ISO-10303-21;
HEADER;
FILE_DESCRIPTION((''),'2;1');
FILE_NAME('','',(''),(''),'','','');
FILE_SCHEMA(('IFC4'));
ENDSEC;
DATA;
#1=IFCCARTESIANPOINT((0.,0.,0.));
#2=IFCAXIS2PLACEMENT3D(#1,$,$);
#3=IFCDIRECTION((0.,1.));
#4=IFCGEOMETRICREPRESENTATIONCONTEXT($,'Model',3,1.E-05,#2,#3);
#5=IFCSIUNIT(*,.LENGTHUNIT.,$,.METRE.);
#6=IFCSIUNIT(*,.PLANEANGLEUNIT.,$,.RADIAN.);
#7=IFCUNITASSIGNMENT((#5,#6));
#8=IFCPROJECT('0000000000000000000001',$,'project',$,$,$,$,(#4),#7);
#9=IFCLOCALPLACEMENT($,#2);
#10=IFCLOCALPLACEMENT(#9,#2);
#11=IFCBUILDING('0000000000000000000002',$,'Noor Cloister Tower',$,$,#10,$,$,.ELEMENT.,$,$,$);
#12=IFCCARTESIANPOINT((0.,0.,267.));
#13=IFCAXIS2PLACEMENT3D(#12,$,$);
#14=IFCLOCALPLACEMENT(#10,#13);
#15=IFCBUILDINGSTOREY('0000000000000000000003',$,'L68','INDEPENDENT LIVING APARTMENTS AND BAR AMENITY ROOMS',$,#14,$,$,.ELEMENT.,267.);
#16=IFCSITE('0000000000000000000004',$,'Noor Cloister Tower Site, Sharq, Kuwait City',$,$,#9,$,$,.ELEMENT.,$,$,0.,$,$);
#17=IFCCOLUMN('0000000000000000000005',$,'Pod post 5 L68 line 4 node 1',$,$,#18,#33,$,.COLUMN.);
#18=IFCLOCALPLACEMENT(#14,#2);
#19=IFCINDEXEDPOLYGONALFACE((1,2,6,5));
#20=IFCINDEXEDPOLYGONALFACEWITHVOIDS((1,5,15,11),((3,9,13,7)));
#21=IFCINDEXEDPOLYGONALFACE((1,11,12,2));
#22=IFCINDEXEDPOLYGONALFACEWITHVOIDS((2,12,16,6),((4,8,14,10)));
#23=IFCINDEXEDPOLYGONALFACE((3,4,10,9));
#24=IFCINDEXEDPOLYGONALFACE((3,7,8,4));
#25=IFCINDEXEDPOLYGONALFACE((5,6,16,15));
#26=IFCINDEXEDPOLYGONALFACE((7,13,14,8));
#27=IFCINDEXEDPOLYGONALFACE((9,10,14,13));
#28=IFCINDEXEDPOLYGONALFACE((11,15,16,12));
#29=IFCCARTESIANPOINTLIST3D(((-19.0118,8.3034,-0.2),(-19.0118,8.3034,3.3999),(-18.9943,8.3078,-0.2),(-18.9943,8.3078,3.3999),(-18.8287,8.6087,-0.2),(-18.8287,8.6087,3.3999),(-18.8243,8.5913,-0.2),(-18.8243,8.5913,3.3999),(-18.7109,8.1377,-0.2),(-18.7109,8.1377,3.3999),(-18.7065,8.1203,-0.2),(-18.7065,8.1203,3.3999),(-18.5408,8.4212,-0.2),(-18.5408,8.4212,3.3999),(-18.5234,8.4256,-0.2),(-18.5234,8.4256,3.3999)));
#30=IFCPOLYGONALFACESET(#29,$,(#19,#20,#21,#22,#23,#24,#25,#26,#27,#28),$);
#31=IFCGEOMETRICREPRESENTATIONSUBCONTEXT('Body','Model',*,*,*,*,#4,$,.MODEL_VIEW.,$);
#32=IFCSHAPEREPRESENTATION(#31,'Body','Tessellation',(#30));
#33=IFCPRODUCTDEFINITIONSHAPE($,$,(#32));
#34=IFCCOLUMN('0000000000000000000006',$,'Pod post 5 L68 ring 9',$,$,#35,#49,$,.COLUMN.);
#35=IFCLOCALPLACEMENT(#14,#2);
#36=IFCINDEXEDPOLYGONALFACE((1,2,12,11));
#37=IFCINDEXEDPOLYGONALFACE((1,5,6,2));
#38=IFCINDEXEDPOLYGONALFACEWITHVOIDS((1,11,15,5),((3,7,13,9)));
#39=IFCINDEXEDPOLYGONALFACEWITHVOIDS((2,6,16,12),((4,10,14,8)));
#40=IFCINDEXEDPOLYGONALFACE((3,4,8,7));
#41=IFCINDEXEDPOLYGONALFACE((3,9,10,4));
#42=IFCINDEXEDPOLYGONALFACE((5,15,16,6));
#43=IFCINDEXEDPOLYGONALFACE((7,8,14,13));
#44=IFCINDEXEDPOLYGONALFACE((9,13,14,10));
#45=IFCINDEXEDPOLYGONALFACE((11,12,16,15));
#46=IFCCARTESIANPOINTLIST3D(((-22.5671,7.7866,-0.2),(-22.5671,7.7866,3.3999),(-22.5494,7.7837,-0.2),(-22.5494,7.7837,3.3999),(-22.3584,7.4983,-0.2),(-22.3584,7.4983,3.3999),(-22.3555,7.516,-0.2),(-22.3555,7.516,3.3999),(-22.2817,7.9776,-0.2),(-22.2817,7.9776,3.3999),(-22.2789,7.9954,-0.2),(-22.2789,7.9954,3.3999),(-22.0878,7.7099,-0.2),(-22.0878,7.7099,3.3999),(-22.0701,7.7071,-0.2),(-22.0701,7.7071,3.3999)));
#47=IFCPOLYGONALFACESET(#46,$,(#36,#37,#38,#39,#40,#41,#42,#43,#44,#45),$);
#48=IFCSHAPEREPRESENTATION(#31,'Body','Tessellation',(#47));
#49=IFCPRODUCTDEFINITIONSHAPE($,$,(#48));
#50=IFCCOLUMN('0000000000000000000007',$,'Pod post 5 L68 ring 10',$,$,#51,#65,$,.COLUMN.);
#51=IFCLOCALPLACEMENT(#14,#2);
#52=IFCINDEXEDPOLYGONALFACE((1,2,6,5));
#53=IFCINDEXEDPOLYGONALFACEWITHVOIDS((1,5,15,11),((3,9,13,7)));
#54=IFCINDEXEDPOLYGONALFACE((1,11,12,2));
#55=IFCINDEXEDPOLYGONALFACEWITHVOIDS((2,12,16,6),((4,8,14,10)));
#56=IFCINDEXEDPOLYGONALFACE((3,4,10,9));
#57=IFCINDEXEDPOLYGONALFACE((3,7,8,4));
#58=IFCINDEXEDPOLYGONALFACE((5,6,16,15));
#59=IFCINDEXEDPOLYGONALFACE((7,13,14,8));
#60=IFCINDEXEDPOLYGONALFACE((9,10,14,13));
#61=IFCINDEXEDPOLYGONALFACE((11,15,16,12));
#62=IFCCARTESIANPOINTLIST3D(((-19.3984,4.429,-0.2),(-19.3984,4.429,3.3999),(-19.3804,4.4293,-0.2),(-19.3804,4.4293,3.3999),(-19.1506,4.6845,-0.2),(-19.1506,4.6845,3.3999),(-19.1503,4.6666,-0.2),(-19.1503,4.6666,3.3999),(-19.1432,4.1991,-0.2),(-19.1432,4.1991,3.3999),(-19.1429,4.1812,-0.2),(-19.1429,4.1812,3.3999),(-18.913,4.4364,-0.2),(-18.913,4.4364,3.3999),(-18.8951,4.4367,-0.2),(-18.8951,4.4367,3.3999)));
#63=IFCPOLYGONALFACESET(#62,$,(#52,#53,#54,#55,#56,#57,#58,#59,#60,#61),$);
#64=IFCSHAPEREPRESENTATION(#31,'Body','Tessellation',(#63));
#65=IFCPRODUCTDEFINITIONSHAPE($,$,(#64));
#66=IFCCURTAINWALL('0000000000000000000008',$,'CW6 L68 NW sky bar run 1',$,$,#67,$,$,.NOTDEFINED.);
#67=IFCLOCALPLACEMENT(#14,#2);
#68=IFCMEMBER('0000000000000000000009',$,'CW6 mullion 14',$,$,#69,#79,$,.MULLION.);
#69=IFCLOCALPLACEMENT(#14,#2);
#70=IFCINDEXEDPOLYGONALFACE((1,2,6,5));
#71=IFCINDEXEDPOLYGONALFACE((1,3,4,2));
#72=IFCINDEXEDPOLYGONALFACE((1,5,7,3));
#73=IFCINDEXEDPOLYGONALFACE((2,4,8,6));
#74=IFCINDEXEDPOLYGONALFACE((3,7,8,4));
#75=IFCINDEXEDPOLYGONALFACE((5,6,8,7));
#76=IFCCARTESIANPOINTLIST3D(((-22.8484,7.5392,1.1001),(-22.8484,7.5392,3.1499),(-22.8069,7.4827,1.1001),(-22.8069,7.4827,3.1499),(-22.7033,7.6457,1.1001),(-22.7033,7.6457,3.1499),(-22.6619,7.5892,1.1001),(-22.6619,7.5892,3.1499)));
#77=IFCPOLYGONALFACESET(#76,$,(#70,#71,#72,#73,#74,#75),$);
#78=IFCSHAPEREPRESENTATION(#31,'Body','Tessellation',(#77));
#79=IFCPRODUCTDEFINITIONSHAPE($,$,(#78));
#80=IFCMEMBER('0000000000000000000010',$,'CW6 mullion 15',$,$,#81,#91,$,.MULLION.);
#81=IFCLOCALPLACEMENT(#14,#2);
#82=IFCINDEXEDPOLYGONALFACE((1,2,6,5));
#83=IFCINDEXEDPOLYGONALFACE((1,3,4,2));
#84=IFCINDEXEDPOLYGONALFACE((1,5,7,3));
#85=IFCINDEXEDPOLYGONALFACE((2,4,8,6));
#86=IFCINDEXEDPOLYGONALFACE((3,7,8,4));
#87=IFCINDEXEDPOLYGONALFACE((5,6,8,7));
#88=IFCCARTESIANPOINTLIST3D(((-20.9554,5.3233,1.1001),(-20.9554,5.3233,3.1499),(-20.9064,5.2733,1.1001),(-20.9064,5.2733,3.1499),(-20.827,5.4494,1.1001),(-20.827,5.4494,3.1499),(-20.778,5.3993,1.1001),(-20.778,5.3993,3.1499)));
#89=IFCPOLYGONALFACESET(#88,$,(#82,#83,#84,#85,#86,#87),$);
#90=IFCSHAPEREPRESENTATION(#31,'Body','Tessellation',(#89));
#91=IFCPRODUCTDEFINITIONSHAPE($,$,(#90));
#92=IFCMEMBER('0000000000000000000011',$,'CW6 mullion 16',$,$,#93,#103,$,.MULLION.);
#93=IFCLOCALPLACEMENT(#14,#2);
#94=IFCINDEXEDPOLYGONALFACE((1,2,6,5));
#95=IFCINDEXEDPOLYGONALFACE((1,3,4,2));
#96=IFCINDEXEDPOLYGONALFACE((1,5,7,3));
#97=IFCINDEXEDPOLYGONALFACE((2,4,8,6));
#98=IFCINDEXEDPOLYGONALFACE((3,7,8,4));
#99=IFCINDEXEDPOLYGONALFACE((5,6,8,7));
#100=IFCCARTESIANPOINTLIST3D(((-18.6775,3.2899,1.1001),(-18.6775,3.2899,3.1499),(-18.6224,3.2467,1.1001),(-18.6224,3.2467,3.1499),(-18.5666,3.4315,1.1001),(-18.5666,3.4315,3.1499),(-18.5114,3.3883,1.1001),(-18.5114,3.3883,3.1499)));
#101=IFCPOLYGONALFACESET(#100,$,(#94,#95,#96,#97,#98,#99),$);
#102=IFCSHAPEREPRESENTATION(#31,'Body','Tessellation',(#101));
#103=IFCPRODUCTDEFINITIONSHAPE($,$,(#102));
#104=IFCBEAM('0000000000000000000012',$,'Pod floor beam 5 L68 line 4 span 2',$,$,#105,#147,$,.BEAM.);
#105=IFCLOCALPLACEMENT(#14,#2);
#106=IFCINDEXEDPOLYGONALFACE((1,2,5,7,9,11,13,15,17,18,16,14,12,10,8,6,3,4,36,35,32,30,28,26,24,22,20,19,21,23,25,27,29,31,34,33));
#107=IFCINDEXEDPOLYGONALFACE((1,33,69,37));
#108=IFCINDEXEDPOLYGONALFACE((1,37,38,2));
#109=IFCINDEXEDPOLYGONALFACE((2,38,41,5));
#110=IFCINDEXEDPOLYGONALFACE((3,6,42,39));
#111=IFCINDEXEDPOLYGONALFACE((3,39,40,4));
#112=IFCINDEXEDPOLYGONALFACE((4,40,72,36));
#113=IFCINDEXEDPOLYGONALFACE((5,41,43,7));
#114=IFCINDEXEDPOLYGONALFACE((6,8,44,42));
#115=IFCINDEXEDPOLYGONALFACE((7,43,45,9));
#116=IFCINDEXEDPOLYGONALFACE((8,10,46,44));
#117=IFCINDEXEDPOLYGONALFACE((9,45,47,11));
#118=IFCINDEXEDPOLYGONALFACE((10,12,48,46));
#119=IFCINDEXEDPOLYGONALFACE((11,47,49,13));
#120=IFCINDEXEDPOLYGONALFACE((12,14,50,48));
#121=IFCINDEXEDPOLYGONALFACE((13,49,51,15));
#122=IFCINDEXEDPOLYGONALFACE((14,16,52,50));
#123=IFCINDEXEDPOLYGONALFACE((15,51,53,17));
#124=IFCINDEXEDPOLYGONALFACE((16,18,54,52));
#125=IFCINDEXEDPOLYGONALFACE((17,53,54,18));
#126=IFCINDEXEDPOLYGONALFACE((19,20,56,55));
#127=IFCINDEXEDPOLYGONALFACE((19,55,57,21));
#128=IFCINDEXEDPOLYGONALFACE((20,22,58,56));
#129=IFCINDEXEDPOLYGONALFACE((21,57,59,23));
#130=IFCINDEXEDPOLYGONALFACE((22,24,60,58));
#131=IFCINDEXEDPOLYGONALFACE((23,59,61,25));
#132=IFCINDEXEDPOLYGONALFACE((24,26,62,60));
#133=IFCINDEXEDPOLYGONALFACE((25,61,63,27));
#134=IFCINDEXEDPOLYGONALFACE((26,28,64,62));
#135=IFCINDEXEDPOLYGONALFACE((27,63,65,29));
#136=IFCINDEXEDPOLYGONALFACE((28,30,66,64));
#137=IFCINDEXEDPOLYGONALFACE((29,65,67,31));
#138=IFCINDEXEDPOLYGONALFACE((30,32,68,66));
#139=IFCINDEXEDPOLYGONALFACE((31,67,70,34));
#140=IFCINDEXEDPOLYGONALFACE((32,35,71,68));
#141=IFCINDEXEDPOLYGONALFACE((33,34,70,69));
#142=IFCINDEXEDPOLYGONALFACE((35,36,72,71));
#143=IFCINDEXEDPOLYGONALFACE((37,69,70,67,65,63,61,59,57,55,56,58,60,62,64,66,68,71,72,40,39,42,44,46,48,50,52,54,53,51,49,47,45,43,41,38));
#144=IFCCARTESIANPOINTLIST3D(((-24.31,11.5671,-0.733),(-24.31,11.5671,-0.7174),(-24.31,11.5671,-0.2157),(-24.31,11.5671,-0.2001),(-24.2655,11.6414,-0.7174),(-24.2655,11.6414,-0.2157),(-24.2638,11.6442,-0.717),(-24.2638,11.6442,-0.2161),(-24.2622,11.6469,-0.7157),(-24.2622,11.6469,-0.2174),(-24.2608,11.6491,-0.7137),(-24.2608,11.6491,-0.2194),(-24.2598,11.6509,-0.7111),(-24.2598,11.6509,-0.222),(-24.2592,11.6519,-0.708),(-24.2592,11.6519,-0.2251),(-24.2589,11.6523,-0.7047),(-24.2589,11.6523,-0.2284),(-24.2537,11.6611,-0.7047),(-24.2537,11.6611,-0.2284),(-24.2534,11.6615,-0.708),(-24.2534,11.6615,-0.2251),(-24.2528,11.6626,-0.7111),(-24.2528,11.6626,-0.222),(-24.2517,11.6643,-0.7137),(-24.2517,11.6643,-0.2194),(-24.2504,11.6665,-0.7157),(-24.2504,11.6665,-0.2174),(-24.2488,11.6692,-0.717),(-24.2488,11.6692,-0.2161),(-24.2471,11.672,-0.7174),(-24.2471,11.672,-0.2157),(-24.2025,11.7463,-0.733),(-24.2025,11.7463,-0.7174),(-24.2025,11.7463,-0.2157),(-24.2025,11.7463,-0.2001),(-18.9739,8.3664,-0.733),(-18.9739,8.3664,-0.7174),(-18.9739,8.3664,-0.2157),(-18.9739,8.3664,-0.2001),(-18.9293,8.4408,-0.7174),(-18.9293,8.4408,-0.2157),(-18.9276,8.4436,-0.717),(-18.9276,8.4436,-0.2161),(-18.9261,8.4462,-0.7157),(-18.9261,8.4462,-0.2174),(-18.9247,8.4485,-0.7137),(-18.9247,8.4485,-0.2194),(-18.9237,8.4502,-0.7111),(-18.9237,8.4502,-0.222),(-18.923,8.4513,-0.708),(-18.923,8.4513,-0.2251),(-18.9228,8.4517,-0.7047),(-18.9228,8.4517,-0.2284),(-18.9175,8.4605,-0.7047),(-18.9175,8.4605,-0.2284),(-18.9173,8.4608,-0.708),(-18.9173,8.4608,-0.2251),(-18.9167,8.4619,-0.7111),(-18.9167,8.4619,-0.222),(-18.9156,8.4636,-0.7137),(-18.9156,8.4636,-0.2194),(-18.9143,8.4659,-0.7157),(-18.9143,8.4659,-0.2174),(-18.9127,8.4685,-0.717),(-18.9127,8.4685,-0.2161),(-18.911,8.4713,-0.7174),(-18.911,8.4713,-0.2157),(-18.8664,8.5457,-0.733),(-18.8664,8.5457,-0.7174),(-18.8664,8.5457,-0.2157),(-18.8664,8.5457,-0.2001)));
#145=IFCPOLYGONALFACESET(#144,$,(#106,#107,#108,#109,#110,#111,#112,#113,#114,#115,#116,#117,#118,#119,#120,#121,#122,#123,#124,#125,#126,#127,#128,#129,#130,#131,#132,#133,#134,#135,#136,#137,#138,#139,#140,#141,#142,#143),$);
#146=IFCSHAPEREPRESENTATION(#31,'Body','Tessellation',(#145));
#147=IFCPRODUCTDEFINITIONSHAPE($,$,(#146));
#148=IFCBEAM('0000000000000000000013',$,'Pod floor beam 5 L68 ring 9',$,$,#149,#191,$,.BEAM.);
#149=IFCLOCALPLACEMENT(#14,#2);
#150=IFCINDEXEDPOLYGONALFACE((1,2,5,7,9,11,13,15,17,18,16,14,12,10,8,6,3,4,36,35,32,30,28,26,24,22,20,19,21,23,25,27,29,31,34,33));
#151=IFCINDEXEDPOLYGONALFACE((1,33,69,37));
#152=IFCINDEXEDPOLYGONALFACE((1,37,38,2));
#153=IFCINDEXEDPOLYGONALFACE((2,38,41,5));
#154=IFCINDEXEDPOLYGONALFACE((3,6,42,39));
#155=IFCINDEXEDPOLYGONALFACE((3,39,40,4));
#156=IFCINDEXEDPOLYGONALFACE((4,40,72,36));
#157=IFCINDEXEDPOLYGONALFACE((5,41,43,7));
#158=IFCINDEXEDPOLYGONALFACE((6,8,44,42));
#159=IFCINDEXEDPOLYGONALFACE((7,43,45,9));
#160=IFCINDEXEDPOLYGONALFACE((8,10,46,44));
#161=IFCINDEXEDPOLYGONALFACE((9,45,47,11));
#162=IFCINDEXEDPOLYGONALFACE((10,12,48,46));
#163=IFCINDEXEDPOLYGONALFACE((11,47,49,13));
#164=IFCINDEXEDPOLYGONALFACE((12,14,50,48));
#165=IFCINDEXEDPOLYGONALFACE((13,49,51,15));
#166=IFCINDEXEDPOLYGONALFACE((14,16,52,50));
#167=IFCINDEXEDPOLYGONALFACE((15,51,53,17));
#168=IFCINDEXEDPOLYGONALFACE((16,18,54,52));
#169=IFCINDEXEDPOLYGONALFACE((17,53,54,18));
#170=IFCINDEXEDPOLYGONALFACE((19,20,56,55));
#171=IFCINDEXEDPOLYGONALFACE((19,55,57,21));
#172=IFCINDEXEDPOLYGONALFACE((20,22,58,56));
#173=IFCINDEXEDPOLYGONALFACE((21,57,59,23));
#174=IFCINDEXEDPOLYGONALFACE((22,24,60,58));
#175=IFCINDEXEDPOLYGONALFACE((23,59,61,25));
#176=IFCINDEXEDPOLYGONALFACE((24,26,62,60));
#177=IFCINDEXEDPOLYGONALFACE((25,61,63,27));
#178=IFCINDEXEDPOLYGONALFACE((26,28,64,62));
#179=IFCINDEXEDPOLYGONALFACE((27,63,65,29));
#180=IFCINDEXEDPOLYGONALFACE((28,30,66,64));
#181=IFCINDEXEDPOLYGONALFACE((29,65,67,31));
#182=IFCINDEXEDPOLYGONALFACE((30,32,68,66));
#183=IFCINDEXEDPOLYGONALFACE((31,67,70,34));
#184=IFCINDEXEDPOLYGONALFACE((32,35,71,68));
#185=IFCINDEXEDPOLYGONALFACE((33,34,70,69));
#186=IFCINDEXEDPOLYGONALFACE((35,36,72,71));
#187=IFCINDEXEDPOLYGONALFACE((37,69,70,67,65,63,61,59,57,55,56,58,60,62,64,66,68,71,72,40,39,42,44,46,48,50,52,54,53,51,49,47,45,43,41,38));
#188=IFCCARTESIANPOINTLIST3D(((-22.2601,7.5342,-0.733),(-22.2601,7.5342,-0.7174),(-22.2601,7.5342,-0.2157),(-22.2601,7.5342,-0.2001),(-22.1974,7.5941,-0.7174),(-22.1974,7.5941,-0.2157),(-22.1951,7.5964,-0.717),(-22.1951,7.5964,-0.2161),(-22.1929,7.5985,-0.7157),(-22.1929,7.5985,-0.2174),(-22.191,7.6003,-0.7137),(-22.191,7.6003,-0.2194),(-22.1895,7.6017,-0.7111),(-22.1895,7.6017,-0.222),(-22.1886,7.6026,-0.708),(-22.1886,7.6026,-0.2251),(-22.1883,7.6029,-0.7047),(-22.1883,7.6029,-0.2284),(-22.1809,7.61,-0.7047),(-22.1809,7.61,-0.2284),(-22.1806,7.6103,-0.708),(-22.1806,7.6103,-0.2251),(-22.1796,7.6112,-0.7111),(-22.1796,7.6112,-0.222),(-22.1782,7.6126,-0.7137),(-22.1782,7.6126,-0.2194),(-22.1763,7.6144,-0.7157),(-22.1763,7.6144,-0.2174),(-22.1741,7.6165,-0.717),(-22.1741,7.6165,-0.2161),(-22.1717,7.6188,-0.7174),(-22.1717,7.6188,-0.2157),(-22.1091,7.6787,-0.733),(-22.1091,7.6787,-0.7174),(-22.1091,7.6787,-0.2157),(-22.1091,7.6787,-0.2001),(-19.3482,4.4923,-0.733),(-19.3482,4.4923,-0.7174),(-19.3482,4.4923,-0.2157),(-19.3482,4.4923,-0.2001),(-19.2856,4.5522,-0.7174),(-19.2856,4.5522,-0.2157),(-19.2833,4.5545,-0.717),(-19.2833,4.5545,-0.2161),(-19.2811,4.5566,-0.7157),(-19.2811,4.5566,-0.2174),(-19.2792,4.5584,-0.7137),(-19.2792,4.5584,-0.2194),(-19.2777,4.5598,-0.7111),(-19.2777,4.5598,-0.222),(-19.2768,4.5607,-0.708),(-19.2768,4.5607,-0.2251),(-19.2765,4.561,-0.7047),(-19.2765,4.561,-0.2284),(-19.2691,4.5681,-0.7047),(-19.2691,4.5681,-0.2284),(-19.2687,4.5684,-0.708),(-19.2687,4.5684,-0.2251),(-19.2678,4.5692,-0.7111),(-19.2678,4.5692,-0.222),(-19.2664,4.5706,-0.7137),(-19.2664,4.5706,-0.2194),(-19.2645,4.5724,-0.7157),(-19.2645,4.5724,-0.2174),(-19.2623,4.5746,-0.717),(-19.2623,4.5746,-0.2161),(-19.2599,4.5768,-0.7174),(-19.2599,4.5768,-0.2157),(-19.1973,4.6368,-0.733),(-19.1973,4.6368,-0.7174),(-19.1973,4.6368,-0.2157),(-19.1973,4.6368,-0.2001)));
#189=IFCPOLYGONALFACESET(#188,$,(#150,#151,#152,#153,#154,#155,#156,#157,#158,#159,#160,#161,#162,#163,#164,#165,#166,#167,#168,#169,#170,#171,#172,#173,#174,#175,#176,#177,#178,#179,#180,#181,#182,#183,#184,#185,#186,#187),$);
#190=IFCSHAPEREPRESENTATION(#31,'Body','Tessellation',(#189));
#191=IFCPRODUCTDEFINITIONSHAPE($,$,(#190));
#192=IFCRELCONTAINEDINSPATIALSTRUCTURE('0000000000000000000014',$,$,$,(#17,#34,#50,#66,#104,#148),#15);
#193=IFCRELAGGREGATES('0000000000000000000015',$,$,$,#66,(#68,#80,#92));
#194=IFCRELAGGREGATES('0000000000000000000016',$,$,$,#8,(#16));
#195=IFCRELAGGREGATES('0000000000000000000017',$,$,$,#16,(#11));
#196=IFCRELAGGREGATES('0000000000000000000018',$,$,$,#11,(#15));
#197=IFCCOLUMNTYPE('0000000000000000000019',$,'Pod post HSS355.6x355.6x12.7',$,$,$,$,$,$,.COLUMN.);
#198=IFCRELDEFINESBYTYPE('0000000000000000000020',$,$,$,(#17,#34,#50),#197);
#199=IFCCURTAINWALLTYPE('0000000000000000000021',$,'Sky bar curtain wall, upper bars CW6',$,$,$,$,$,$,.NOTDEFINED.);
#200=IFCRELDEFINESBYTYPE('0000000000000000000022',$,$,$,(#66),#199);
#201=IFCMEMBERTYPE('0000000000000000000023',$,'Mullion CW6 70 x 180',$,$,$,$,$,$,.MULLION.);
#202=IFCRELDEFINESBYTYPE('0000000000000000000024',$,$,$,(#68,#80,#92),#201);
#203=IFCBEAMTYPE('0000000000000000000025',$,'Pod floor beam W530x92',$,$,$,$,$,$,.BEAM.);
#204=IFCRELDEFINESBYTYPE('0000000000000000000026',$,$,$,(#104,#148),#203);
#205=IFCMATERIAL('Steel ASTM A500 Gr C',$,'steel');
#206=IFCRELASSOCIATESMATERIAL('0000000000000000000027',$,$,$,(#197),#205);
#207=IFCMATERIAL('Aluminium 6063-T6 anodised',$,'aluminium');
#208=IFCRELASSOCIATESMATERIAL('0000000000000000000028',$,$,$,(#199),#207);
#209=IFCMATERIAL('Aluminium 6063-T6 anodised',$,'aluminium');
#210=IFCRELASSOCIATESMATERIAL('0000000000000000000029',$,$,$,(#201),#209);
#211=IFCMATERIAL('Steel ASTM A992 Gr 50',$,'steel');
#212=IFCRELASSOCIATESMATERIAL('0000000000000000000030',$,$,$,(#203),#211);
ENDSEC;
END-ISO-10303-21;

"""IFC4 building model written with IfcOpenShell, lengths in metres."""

from ifc_helpers import new_model, si_unit, direction, frame, origin, origin_2d, place, context, subcontext, project, spatial, rectangle, hollow_rectangle, i_section, extrude, material, material_profile, profile_set, type_object, element, aggregate, save


model = new_model("IFC4")

# Units and contexts
model_context = context("Model", 3, precision=1e-05, world=origin(), true_north=direction((0.0, 1.0)))
body_context = subcontext(model_context, "Body", "Model", "MODEL_VIEW")
ifc_project = project(units=[si_unit("LENGTHUNIT", "METRE"), si_unit("PLANEANGLEUNIT", "RADIAN")], contexts=[model_context])

# Site, building, storey
site_placement = place(None, origin())
site = spatial("IfcSite", under=ifc_project, at=site_placement, Name="Noor Cloister Tower Site, Sharq, Kuwait City", CompositionType="ELEMENT", RefElevation=0.0)
building_placement = place(site_placement, origin())
building = spatial("IfcBuilding", under=site, at=building_placement, Name="Noor Cloister Tower", CompositionType="ELEMENT")
storey_placement = place(building_placement, frame((0.0, 0.0, 267.0)))
storey = spatial("IfcBuildingStorey", under=building, at=storey_placement, Name="L68", Description="INDEPENDENT LIVING APARTMENTS AND BAR AMENITY ROOMS", CompositionType="ELEMENT", Elevation=267.0)

# Columns
ifc_material_1 = material(Name="Steel ASTM A500 Gr C", Category="steel")
ifc_material_profile_1 = material_profile(ifc_material_1, hollow_rectangle(XDim=0.356, YDim=0.356, WallThickness=0.0127, at=origin_2d()), Name="HSS355.6x355.6x12.7")
ifc_profile_set_1 = profile_set([ifc_material_profile_1], Name="Steel ASTM A500 Gr C")
column_type = type_object("IfcColumnType", Name="Pod post HSS355.6x355.6x12.7", PredefinedType="COLUMN", material=ifc_profile_set_1)
for number, where, z_axis, x_axis, name in (
    (1, (-18.7676, 8.3645, -0.2), (0.0, 0.0, 1.0), (-0.857567, 0.514373, 0.0), "Pod post 5 L68 line 4 node 1"),
    (2, (-22.3186, 7.7468, -0.2), (0.0, 0.0, 1.0), (0.58656, -0.809906, 0.0), "Pod post 5 L68 ring 9"),
    (3, (-19.1467, 4.4329, -0.2), (0.0, 0.0, 1.0), (0.717809, -0.69624, 0.0), "Pod post 5 L68 ring 10"),
):
    element("IfcColumn", number, at=place(storey_placement, frame(where, z_axis=z_axis, x_axis=x_axis)), inside=storey, type_object=column_type, Name=name, PredefinedType="COLUMN", context=body_context, shape_type="SweptSolid", body=[
        extrude(hollow_rectangle(XDim=0.356, YDim=0.356, WallThickness=0.0127, at=origin_2d()), origin(), (0.0, 0.0, 1.0), 3.5999),
    ])

# Curtain wall, members
ifc_material_2 = material(Name="Aluminium 6063-T6 anodised", Category="aluminium")
curtain_wall_type = type_object("IfcCurtainWallType", Name="Sky bar curtain wall, upper bars CW6", PredefinedType="NOTDEFINED", material=ifc_material_2)
curtain_wall_placement = place(storey_placement, origin())
curtain_wall = element("IfcCurtainWall", 4, at=curtain_wall_placement, inside=storey, type_object=curtain_wall_type, Name="CW6 L68 NW sky bar run 1", PredefinedType="NOTDEFINED")
ifc_material_3 = material(Name="Aluminium 6063-T6 anodised", Category="aluminium")
ifc_material_profile_2 = material_profile(ifc_material_3, rectangle(XDim=0.1799, YDim=0.0701, at=origin_2d()), Name="180 x 70 mullion")
ifc_profile_set_2 = profile_set([ifc_material_profile_2], Name="Aluminium 6063-T6 anodised")
member_type = type_object("IfcMemberType", Name="Mullion CW6 70 x 180", PredefinedType="MULLION", material=ifc_profile_set_2)
member_1_placement = place(storey_placement, frame((-22.7551, 7.5642, 1.1001), z_axis=(0.0, 0.0, 1.0), x_axis=(0.806255, 0.591569, 0.0)))
member_1 = element("IfcMember", 5, at=member_1_placement, type_object=member_type, Name="CW6 mullion 14", PredefinedType="MULLION", context=body_context, shape_type="SweptSolid", body=[
    extrude(rectangle(XDim=0.1799, YDim=0.0701, at=origin_2d()), origin(), (0.0, 0.0, 1.0), 2.0498),
])
member_2_placement = place(storey_placement, frame((-20.8667, 5.3613, 1.1001), z_axis=(0.0, 0.0, 1.0), x_axis=(0.713666, 0.700486, 0.0)))
member_2 = element("IfcMember", 6, at=member_2_placement, type_object=member_type, Name="CW6 mullion 15", PredefinedType="MULLION", context=body_context, shape_type="SweptSolid", body=[
    extrude(rectangle(XDim=0.1799, YDim=0.0701, at=origin_2d()), origin(), (0.0, 0.0, 1.0), 2.0498),
])
member_3_placement = place(storey_placement, frame((-18.5945, 3.3391, 1.1001), z_axis=(0.0, 0.0, 1.0), x_axis=(0.616644, 0.787242, 0.0)))
member_3 = element("IfcMember", 7, at=member_3_placement, type_object=member_type, Name="CW6 mullion 16", PredefinedType="MULLION", context=body_context, shape_type="SweptSolid", body=[
    extrude(rectangle(XDim=0.1799, YDim=0.0701, at=origin_2d()), origin(), (0.0, 0.0, 1.0), 2.0498),
])

# Beams
ifc_material_4 = material(Name="Steel ASTM A992 Gr 50", Category="steel")
ifc_material_profile_3 = material_profile(ifc_material_4, i_section(OverallWidth=0.209, OverallDepth=0.533, WebThickness=0.0103, FlangeThickness=0.0156, FilletRadius=0.0127, at=origin_2d()), Name="W530x92")
ifc_profile_set_3 = profile_set([ifc_material_profile_3], Name="Steel ASTM A992 Gr 50")
beam_type = type_object("IfcBeamType", Name="Pod floor beam W530x92", PredefinedType="BEAM", material=ifc_profile_set_3)
beam_1_placement = place(storey_placement, frame((-18.9202, 8.4561, -0.4666), z_axis=(-0.857566, 0.514375, 0.0), x_axis=(-0.514375, -0.857566, 0.0)))
element("IfcBeam", 8, at=beam_1_placement, inside=storey, type_object=beam_type, Name="Pod floor beam 5 L68 line 4 span 2", PredefinedType="BEAM", context=body_context, shape_type="SweptSolid", body=[
    extrude(i_section(OverallWidth=0.209, OverallDepth=0.533, WebThickness=0.0103, FlangeThickness=0.0156, FilletRadius=0.0127, at=origin_2d()), origin(), (0.0, 0.0, 1.0), 6.2224),
])
beam_2_placement = place(storey_placement, frame((-22.1846, 7.6064, -0.4666), z_axis=(0.691487, -0.722389, 0.0), x_axis=(0.722389, 0.691487, 0.0)))
element("IfcBeam", 9, at=beam_2_placement, inside=storey, type_object=beam_type, Name="Pod floor beam 5 L68 ring 9", PredefinedType="BEAM", context=body_context, shape_type="SweptSolid", body=[
    extrude(i_section(OverallWidth=0.209, OverallDepth=0.533, WebThickness=0.0103, FlangeThickness=0.0156, FilletRadius=0.0127, at=origin_2d()), origin(), (0.0, 0.0, 1.0), 4.2109),
])

aggregate(curtain_wall, [member_1, member_2, member_3])

save(model, "model.ifc")
